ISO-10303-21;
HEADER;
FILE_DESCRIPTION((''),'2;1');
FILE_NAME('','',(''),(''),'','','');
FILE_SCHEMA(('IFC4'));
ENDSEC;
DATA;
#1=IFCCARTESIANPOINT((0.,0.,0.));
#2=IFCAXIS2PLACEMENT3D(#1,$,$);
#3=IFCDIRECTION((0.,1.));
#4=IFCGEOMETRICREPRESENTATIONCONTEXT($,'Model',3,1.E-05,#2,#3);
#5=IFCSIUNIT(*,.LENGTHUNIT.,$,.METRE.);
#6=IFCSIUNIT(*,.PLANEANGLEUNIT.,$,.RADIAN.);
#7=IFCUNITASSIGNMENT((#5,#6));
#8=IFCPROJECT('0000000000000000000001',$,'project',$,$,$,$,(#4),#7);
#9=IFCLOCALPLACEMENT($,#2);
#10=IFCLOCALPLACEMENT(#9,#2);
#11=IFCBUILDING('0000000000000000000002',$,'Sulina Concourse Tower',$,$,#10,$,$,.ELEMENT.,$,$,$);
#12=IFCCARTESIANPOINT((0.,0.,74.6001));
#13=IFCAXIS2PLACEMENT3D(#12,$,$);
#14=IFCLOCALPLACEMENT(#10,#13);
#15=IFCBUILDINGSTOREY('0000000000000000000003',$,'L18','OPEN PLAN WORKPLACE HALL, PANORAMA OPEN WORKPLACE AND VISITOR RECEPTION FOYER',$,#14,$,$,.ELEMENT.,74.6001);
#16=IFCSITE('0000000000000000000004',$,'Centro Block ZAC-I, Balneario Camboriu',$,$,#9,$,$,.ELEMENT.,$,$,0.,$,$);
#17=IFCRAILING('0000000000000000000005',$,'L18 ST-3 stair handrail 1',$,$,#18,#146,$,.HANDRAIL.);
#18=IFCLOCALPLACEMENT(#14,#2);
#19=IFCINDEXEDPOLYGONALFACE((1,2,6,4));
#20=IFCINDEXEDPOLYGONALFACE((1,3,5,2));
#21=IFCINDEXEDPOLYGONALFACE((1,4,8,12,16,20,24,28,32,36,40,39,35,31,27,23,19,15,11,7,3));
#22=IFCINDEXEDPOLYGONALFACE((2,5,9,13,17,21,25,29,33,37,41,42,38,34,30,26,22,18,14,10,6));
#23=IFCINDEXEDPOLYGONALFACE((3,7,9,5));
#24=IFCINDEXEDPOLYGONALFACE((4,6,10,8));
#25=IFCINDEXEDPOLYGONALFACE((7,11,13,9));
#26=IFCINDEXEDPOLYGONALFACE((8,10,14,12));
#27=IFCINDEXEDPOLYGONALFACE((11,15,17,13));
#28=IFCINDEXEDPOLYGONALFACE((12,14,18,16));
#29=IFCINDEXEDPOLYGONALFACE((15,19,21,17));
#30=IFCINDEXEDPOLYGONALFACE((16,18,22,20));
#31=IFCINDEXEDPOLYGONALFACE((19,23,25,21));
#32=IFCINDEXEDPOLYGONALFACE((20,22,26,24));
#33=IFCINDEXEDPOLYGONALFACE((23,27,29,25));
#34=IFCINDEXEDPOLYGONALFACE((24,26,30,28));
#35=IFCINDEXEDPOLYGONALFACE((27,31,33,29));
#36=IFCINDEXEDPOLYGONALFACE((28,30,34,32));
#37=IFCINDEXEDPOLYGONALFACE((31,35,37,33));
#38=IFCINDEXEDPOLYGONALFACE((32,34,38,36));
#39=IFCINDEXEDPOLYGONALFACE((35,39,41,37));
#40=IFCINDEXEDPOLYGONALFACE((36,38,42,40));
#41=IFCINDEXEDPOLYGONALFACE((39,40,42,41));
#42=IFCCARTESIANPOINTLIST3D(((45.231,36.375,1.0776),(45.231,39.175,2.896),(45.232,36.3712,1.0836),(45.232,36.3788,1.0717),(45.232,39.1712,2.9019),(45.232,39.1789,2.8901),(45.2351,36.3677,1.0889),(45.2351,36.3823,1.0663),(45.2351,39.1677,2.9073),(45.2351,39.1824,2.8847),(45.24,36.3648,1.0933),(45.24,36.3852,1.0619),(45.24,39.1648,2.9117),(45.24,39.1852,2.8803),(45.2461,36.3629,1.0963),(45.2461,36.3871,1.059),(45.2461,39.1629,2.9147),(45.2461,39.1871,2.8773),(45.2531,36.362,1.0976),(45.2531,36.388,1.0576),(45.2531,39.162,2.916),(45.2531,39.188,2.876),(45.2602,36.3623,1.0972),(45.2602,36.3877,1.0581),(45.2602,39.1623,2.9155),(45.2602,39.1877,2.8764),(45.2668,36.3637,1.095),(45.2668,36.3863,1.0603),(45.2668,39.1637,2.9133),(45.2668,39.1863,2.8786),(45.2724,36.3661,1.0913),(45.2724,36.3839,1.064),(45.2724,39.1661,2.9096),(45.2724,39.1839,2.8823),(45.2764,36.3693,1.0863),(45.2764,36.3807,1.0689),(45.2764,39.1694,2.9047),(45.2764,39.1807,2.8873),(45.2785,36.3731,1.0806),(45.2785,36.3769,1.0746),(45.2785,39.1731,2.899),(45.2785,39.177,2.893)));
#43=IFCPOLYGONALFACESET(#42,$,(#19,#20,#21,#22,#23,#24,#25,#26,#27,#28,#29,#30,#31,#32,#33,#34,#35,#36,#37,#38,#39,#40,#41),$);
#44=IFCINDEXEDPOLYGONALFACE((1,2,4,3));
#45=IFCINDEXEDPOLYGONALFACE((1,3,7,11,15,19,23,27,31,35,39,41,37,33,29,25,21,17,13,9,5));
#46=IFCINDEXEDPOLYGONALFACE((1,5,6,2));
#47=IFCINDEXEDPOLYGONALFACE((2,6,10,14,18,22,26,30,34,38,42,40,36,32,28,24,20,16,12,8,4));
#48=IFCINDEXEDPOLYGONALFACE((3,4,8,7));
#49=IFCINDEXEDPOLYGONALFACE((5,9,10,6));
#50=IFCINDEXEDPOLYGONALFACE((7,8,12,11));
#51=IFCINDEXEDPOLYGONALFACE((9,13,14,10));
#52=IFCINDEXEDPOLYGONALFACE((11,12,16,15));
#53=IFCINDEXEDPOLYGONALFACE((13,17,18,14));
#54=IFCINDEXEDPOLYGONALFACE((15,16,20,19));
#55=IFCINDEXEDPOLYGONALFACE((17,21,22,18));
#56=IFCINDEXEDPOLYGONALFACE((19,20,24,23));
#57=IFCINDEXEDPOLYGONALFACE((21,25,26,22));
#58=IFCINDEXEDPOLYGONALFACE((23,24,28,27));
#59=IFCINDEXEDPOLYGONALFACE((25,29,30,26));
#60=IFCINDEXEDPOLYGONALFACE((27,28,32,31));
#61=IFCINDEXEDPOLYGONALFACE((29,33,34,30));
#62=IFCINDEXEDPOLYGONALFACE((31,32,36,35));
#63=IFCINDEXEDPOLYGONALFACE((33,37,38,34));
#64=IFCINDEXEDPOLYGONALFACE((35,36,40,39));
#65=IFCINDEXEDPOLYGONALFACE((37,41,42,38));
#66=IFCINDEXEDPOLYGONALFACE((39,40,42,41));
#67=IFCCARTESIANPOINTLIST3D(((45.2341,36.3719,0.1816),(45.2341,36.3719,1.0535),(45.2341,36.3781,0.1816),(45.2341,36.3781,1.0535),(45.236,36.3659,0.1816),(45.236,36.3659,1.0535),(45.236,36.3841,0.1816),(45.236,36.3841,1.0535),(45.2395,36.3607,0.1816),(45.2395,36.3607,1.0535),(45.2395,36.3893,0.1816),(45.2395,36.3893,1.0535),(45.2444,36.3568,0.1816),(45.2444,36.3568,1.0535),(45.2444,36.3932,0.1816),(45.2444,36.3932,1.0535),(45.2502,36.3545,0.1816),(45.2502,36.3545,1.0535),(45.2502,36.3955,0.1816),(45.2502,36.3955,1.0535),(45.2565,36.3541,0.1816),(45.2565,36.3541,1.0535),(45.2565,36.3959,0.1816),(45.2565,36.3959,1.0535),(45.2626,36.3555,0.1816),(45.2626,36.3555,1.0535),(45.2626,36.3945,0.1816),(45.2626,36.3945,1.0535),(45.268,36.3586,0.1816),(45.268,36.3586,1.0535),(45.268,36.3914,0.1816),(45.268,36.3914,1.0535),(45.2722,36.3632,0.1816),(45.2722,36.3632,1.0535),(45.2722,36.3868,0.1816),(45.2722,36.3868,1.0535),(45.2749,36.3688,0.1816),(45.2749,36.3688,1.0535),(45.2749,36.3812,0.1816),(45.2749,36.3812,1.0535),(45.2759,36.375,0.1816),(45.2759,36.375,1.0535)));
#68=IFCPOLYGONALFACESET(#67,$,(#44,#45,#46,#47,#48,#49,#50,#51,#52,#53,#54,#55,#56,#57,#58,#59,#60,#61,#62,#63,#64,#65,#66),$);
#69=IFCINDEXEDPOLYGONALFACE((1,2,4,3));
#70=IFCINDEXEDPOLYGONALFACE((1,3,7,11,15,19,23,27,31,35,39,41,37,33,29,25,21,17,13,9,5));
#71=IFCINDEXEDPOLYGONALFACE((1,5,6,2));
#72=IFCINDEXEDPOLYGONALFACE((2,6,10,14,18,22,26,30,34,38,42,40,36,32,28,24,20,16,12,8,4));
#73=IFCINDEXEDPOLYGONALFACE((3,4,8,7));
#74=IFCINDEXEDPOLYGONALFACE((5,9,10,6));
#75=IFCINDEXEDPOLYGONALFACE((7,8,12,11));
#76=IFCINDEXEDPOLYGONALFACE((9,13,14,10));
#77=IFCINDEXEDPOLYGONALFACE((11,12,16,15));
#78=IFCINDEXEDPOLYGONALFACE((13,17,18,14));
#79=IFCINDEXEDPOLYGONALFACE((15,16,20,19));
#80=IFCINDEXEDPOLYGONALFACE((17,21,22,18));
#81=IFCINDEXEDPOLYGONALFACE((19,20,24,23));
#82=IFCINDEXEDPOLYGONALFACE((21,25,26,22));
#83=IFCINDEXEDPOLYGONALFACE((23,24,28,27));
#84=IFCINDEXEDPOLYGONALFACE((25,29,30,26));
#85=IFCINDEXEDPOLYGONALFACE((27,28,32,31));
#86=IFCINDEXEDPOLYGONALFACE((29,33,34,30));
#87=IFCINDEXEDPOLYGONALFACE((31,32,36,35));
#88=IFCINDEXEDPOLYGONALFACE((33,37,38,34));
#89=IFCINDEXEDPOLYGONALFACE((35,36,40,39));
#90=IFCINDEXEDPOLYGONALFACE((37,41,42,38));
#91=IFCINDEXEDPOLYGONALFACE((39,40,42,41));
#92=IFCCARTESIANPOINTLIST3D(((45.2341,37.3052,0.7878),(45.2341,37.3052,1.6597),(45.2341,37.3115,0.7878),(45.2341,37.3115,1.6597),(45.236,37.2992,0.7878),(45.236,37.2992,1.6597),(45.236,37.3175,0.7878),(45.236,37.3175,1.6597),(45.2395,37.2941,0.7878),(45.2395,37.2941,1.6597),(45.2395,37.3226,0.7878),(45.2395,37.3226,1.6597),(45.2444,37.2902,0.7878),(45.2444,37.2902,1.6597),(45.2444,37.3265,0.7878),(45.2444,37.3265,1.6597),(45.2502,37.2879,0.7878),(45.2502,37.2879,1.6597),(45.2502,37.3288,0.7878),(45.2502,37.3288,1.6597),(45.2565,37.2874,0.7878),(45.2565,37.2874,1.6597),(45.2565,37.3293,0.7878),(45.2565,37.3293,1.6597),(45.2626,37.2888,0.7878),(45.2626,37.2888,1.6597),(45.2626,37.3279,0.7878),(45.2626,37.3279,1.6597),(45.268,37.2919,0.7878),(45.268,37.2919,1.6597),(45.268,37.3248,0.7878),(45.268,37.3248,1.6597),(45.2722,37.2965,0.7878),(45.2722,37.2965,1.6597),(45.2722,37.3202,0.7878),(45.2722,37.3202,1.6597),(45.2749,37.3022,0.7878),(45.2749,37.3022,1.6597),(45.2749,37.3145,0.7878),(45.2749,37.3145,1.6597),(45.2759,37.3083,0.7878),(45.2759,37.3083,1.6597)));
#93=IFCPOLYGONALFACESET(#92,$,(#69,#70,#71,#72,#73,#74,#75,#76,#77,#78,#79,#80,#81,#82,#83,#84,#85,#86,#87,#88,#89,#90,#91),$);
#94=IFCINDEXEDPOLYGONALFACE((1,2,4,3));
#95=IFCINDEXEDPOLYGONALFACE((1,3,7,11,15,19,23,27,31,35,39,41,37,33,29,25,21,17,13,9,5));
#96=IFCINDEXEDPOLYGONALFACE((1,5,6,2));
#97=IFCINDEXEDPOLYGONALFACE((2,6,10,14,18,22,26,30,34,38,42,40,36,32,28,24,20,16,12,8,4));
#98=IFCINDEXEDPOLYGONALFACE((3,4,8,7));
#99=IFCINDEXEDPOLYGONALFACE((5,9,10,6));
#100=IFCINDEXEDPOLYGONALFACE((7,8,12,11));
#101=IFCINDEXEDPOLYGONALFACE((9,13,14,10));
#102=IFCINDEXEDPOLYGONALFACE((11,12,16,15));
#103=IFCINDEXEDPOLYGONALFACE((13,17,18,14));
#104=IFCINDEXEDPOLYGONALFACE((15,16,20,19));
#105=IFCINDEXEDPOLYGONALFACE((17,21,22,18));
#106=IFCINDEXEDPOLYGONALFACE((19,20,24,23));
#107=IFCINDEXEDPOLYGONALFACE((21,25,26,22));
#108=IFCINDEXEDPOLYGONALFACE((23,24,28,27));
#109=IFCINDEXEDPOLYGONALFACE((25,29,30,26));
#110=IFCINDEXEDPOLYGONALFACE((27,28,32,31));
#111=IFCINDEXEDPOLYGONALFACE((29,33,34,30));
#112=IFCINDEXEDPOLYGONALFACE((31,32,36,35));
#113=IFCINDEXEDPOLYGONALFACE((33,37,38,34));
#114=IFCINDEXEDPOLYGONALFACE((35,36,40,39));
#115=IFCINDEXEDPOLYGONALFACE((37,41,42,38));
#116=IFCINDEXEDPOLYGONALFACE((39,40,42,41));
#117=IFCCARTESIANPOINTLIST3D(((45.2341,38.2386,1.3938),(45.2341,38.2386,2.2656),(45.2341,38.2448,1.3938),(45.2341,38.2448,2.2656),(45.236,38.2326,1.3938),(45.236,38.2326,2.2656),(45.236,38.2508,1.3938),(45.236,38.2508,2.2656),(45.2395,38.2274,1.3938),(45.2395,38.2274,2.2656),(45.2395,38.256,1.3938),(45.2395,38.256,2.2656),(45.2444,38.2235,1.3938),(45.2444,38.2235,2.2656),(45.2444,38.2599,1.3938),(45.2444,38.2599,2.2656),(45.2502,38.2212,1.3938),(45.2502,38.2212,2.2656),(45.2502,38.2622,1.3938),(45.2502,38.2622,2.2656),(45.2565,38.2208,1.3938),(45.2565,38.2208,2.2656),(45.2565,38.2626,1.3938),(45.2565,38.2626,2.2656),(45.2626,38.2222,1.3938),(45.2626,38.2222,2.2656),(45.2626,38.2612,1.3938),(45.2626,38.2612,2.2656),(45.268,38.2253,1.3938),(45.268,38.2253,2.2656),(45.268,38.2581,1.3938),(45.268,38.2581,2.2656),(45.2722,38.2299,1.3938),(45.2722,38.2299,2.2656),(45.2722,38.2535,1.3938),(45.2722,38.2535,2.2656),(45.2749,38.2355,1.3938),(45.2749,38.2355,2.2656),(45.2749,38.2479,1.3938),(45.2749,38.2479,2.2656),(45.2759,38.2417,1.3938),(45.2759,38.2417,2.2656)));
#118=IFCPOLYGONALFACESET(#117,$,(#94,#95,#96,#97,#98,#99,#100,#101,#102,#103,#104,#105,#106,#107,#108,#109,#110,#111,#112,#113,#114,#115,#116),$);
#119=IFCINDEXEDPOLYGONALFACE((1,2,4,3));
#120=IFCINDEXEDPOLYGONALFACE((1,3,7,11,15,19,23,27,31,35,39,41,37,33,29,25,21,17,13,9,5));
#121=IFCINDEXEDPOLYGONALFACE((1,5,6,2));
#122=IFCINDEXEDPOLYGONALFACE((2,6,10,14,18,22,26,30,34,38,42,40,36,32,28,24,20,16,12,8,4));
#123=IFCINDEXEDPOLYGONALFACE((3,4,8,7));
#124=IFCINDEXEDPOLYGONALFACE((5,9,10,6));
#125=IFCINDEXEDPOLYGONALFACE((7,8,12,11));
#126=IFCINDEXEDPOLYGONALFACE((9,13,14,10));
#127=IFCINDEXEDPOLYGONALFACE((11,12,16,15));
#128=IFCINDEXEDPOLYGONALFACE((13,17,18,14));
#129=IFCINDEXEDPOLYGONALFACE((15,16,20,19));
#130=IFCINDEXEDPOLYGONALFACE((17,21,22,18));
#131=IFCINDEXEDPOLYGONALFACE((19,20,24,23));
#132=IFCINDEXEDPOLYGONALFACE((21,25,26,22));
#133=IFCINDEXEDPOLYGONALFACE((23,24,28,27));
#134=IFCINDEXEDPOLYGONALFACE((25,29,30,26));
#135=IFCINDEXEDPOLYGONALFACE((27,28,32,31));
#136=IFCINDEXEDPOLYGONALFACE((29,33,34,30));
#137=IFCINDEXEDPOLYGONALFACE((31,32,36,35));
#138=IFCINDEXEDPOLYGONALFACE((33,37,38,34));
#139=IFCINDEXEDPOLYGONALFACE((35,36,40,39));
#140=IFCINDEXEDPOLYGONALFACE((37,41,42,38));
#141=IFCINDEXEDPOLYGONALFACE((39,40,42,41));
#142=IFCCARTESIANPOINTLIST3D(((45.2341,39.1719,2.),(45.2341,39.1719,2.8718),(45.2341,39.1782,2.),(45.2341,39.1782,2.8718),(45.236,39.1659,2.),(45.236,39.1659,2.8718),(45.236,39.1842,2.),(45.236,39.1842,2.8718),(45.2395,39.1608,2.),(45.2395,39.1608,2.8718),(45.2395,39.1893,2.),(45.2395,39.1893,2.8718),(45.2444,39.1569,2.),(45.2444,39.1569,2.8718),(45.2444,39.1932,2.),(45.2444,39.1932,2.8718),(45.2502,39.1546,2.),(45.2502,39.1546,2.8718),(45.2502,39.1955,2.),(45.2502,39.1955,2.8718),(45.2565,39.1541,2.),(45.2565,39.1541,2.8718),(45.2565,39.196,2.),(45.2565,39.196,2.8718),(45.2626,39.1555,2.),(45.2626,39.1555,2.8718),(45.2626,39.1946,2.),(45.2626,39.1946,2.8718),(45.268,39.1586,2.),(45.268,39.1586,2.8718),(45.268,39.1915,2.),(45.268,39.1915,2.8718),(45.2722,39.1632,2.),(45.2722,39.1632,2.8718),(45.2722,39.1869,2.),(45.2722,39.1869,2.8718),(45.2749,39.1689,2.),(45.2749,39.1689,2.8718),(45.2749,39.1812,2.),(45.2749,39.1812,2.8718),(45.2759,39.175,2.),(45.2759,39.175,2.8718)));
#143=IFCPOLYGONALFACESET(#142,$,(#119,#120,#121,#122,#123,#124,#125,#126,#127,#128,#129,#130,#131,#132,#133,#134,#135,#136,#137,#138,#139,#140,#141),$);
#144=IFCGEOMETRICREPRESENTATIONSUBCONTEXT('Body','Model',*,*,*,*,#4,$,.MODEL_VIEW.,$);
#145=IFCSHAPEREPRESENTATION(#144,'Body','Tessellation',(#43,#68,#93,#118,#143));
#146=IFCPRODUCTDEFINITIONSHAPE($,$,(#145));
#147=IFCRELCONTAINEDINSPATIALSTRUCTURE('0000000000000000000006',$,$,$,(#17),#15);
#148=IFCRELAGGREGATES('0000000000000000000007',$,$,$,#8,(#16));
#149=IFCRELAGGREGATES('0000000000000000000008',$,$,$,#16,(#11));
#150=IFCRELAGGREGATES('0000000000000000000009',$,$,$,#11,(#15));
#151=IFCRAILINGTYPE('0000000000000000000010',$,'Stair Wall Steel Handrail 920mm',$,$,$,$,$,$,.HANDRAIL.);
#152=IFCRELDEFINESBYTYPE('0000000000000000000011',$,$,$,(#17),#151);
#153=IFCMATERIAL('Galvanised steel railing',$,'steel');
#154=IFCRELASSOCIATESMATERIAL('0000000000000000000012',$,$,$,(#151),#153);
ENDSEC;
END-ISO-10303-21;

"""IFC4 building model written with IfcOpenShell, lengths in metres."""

from ifc_helpers import new_model, si_unit, direction, frame, origin, origin_2d, place, context, subcontext, project, spatial, circle, extrude, material, type_object, element, save


model = new_model("IFC4")

# Units and contexts
model_context = context("Model", 3, precision=1e-05, world=origin(), true_north=direction((0.0, 1.0)))
body_context = subcontext(model_context, "Body", "Model", "MODEL_VIEW")
ifc_project = project(units=[si_unit("LENGTHUNIT", "METRE"), si_unit("PLANEANGLEUNIT", "RADIAN")], contexts=[model_context])

# Site, building, storey
site_placement = place(None, origin())
site = spatial("IfcSite", under=ifc_project, at=site_placement, Name="Centro Block ZAC-I, Balneario Camboriu", CompositionType="ELEMENT", RefElevation=0.0)
building_placement = place(site_placement, origin())
building = spatial("IfcBuilding", under=site, at=building_placement, Name="Sulina Concourse Tower", CompositionType="ELEMENT")
storey_placement = place(building_placement, frame((0.0, 0.0, 74.6001)))
storey = spatial("IfcBuildingStorey", under=building, at=storey_placement, Name="L18", Description="OPEN PLAN WORKPLACE HALL, PANORAMA OPEN WORKPLACE AND VISITOR RECEPTION FOYER", CompositionType="ELEMENT", Elevation=74.6001)

# Railing
ifc_material_1 = material(Name="Galvanised steel railing", Category="steel")
railing_type_1 = type_object("IfcRailingType", Name="Stair Wall Steel Handrail 920mm", PredefinedType="HANDRAIL", material=ifc_material_1)
for number, where, name in (
    (1, (45.2549, 36.375, 0.1816), "L18 ST-3 stair handrail 1"),
):
    element("IfcRailing", number, at=place(storey_placement, frame(where)), inside=storey, type_object=railing_type_1, Name=name, PredefinedType="HANDRAIL", context=body_context, shape_type="SweptSolid", body=[
        extrude(circle(Radius=0.0239, at=origin_2d()), frame((0.0, 0.0, 0.896), z_axis=(0.0, 0.838672, 0.544636), x_axis=(-1.0, 0.0, 0.0)), (0.0, 0.0, 1.0), 3.3386),
        extrude(circle(Radius=0.021, at=origin_2d()), origin(), (0.0, 0.0, 1.0), 0.8718),
        extrude(circle(Radius=0.021, at=origin_2d()), frame((0.0, 0.9333, 0.6062)), (0.0, 0.0, 1.0), 0.8718),
        extrude(circle(Radius=0.021, at=origin_2d()), frame((0.0, 1.8667, 1.2122)), (0.0, 0.0, 1.0), 0.8718),
        extrude(circle(Radius=0.021, at=origin_2d()), frame((0.0, 2.8, 1.8184)), (0.0, 0.0, 1.0), 0.8718),
    ])

save(model, "model.ifc")
